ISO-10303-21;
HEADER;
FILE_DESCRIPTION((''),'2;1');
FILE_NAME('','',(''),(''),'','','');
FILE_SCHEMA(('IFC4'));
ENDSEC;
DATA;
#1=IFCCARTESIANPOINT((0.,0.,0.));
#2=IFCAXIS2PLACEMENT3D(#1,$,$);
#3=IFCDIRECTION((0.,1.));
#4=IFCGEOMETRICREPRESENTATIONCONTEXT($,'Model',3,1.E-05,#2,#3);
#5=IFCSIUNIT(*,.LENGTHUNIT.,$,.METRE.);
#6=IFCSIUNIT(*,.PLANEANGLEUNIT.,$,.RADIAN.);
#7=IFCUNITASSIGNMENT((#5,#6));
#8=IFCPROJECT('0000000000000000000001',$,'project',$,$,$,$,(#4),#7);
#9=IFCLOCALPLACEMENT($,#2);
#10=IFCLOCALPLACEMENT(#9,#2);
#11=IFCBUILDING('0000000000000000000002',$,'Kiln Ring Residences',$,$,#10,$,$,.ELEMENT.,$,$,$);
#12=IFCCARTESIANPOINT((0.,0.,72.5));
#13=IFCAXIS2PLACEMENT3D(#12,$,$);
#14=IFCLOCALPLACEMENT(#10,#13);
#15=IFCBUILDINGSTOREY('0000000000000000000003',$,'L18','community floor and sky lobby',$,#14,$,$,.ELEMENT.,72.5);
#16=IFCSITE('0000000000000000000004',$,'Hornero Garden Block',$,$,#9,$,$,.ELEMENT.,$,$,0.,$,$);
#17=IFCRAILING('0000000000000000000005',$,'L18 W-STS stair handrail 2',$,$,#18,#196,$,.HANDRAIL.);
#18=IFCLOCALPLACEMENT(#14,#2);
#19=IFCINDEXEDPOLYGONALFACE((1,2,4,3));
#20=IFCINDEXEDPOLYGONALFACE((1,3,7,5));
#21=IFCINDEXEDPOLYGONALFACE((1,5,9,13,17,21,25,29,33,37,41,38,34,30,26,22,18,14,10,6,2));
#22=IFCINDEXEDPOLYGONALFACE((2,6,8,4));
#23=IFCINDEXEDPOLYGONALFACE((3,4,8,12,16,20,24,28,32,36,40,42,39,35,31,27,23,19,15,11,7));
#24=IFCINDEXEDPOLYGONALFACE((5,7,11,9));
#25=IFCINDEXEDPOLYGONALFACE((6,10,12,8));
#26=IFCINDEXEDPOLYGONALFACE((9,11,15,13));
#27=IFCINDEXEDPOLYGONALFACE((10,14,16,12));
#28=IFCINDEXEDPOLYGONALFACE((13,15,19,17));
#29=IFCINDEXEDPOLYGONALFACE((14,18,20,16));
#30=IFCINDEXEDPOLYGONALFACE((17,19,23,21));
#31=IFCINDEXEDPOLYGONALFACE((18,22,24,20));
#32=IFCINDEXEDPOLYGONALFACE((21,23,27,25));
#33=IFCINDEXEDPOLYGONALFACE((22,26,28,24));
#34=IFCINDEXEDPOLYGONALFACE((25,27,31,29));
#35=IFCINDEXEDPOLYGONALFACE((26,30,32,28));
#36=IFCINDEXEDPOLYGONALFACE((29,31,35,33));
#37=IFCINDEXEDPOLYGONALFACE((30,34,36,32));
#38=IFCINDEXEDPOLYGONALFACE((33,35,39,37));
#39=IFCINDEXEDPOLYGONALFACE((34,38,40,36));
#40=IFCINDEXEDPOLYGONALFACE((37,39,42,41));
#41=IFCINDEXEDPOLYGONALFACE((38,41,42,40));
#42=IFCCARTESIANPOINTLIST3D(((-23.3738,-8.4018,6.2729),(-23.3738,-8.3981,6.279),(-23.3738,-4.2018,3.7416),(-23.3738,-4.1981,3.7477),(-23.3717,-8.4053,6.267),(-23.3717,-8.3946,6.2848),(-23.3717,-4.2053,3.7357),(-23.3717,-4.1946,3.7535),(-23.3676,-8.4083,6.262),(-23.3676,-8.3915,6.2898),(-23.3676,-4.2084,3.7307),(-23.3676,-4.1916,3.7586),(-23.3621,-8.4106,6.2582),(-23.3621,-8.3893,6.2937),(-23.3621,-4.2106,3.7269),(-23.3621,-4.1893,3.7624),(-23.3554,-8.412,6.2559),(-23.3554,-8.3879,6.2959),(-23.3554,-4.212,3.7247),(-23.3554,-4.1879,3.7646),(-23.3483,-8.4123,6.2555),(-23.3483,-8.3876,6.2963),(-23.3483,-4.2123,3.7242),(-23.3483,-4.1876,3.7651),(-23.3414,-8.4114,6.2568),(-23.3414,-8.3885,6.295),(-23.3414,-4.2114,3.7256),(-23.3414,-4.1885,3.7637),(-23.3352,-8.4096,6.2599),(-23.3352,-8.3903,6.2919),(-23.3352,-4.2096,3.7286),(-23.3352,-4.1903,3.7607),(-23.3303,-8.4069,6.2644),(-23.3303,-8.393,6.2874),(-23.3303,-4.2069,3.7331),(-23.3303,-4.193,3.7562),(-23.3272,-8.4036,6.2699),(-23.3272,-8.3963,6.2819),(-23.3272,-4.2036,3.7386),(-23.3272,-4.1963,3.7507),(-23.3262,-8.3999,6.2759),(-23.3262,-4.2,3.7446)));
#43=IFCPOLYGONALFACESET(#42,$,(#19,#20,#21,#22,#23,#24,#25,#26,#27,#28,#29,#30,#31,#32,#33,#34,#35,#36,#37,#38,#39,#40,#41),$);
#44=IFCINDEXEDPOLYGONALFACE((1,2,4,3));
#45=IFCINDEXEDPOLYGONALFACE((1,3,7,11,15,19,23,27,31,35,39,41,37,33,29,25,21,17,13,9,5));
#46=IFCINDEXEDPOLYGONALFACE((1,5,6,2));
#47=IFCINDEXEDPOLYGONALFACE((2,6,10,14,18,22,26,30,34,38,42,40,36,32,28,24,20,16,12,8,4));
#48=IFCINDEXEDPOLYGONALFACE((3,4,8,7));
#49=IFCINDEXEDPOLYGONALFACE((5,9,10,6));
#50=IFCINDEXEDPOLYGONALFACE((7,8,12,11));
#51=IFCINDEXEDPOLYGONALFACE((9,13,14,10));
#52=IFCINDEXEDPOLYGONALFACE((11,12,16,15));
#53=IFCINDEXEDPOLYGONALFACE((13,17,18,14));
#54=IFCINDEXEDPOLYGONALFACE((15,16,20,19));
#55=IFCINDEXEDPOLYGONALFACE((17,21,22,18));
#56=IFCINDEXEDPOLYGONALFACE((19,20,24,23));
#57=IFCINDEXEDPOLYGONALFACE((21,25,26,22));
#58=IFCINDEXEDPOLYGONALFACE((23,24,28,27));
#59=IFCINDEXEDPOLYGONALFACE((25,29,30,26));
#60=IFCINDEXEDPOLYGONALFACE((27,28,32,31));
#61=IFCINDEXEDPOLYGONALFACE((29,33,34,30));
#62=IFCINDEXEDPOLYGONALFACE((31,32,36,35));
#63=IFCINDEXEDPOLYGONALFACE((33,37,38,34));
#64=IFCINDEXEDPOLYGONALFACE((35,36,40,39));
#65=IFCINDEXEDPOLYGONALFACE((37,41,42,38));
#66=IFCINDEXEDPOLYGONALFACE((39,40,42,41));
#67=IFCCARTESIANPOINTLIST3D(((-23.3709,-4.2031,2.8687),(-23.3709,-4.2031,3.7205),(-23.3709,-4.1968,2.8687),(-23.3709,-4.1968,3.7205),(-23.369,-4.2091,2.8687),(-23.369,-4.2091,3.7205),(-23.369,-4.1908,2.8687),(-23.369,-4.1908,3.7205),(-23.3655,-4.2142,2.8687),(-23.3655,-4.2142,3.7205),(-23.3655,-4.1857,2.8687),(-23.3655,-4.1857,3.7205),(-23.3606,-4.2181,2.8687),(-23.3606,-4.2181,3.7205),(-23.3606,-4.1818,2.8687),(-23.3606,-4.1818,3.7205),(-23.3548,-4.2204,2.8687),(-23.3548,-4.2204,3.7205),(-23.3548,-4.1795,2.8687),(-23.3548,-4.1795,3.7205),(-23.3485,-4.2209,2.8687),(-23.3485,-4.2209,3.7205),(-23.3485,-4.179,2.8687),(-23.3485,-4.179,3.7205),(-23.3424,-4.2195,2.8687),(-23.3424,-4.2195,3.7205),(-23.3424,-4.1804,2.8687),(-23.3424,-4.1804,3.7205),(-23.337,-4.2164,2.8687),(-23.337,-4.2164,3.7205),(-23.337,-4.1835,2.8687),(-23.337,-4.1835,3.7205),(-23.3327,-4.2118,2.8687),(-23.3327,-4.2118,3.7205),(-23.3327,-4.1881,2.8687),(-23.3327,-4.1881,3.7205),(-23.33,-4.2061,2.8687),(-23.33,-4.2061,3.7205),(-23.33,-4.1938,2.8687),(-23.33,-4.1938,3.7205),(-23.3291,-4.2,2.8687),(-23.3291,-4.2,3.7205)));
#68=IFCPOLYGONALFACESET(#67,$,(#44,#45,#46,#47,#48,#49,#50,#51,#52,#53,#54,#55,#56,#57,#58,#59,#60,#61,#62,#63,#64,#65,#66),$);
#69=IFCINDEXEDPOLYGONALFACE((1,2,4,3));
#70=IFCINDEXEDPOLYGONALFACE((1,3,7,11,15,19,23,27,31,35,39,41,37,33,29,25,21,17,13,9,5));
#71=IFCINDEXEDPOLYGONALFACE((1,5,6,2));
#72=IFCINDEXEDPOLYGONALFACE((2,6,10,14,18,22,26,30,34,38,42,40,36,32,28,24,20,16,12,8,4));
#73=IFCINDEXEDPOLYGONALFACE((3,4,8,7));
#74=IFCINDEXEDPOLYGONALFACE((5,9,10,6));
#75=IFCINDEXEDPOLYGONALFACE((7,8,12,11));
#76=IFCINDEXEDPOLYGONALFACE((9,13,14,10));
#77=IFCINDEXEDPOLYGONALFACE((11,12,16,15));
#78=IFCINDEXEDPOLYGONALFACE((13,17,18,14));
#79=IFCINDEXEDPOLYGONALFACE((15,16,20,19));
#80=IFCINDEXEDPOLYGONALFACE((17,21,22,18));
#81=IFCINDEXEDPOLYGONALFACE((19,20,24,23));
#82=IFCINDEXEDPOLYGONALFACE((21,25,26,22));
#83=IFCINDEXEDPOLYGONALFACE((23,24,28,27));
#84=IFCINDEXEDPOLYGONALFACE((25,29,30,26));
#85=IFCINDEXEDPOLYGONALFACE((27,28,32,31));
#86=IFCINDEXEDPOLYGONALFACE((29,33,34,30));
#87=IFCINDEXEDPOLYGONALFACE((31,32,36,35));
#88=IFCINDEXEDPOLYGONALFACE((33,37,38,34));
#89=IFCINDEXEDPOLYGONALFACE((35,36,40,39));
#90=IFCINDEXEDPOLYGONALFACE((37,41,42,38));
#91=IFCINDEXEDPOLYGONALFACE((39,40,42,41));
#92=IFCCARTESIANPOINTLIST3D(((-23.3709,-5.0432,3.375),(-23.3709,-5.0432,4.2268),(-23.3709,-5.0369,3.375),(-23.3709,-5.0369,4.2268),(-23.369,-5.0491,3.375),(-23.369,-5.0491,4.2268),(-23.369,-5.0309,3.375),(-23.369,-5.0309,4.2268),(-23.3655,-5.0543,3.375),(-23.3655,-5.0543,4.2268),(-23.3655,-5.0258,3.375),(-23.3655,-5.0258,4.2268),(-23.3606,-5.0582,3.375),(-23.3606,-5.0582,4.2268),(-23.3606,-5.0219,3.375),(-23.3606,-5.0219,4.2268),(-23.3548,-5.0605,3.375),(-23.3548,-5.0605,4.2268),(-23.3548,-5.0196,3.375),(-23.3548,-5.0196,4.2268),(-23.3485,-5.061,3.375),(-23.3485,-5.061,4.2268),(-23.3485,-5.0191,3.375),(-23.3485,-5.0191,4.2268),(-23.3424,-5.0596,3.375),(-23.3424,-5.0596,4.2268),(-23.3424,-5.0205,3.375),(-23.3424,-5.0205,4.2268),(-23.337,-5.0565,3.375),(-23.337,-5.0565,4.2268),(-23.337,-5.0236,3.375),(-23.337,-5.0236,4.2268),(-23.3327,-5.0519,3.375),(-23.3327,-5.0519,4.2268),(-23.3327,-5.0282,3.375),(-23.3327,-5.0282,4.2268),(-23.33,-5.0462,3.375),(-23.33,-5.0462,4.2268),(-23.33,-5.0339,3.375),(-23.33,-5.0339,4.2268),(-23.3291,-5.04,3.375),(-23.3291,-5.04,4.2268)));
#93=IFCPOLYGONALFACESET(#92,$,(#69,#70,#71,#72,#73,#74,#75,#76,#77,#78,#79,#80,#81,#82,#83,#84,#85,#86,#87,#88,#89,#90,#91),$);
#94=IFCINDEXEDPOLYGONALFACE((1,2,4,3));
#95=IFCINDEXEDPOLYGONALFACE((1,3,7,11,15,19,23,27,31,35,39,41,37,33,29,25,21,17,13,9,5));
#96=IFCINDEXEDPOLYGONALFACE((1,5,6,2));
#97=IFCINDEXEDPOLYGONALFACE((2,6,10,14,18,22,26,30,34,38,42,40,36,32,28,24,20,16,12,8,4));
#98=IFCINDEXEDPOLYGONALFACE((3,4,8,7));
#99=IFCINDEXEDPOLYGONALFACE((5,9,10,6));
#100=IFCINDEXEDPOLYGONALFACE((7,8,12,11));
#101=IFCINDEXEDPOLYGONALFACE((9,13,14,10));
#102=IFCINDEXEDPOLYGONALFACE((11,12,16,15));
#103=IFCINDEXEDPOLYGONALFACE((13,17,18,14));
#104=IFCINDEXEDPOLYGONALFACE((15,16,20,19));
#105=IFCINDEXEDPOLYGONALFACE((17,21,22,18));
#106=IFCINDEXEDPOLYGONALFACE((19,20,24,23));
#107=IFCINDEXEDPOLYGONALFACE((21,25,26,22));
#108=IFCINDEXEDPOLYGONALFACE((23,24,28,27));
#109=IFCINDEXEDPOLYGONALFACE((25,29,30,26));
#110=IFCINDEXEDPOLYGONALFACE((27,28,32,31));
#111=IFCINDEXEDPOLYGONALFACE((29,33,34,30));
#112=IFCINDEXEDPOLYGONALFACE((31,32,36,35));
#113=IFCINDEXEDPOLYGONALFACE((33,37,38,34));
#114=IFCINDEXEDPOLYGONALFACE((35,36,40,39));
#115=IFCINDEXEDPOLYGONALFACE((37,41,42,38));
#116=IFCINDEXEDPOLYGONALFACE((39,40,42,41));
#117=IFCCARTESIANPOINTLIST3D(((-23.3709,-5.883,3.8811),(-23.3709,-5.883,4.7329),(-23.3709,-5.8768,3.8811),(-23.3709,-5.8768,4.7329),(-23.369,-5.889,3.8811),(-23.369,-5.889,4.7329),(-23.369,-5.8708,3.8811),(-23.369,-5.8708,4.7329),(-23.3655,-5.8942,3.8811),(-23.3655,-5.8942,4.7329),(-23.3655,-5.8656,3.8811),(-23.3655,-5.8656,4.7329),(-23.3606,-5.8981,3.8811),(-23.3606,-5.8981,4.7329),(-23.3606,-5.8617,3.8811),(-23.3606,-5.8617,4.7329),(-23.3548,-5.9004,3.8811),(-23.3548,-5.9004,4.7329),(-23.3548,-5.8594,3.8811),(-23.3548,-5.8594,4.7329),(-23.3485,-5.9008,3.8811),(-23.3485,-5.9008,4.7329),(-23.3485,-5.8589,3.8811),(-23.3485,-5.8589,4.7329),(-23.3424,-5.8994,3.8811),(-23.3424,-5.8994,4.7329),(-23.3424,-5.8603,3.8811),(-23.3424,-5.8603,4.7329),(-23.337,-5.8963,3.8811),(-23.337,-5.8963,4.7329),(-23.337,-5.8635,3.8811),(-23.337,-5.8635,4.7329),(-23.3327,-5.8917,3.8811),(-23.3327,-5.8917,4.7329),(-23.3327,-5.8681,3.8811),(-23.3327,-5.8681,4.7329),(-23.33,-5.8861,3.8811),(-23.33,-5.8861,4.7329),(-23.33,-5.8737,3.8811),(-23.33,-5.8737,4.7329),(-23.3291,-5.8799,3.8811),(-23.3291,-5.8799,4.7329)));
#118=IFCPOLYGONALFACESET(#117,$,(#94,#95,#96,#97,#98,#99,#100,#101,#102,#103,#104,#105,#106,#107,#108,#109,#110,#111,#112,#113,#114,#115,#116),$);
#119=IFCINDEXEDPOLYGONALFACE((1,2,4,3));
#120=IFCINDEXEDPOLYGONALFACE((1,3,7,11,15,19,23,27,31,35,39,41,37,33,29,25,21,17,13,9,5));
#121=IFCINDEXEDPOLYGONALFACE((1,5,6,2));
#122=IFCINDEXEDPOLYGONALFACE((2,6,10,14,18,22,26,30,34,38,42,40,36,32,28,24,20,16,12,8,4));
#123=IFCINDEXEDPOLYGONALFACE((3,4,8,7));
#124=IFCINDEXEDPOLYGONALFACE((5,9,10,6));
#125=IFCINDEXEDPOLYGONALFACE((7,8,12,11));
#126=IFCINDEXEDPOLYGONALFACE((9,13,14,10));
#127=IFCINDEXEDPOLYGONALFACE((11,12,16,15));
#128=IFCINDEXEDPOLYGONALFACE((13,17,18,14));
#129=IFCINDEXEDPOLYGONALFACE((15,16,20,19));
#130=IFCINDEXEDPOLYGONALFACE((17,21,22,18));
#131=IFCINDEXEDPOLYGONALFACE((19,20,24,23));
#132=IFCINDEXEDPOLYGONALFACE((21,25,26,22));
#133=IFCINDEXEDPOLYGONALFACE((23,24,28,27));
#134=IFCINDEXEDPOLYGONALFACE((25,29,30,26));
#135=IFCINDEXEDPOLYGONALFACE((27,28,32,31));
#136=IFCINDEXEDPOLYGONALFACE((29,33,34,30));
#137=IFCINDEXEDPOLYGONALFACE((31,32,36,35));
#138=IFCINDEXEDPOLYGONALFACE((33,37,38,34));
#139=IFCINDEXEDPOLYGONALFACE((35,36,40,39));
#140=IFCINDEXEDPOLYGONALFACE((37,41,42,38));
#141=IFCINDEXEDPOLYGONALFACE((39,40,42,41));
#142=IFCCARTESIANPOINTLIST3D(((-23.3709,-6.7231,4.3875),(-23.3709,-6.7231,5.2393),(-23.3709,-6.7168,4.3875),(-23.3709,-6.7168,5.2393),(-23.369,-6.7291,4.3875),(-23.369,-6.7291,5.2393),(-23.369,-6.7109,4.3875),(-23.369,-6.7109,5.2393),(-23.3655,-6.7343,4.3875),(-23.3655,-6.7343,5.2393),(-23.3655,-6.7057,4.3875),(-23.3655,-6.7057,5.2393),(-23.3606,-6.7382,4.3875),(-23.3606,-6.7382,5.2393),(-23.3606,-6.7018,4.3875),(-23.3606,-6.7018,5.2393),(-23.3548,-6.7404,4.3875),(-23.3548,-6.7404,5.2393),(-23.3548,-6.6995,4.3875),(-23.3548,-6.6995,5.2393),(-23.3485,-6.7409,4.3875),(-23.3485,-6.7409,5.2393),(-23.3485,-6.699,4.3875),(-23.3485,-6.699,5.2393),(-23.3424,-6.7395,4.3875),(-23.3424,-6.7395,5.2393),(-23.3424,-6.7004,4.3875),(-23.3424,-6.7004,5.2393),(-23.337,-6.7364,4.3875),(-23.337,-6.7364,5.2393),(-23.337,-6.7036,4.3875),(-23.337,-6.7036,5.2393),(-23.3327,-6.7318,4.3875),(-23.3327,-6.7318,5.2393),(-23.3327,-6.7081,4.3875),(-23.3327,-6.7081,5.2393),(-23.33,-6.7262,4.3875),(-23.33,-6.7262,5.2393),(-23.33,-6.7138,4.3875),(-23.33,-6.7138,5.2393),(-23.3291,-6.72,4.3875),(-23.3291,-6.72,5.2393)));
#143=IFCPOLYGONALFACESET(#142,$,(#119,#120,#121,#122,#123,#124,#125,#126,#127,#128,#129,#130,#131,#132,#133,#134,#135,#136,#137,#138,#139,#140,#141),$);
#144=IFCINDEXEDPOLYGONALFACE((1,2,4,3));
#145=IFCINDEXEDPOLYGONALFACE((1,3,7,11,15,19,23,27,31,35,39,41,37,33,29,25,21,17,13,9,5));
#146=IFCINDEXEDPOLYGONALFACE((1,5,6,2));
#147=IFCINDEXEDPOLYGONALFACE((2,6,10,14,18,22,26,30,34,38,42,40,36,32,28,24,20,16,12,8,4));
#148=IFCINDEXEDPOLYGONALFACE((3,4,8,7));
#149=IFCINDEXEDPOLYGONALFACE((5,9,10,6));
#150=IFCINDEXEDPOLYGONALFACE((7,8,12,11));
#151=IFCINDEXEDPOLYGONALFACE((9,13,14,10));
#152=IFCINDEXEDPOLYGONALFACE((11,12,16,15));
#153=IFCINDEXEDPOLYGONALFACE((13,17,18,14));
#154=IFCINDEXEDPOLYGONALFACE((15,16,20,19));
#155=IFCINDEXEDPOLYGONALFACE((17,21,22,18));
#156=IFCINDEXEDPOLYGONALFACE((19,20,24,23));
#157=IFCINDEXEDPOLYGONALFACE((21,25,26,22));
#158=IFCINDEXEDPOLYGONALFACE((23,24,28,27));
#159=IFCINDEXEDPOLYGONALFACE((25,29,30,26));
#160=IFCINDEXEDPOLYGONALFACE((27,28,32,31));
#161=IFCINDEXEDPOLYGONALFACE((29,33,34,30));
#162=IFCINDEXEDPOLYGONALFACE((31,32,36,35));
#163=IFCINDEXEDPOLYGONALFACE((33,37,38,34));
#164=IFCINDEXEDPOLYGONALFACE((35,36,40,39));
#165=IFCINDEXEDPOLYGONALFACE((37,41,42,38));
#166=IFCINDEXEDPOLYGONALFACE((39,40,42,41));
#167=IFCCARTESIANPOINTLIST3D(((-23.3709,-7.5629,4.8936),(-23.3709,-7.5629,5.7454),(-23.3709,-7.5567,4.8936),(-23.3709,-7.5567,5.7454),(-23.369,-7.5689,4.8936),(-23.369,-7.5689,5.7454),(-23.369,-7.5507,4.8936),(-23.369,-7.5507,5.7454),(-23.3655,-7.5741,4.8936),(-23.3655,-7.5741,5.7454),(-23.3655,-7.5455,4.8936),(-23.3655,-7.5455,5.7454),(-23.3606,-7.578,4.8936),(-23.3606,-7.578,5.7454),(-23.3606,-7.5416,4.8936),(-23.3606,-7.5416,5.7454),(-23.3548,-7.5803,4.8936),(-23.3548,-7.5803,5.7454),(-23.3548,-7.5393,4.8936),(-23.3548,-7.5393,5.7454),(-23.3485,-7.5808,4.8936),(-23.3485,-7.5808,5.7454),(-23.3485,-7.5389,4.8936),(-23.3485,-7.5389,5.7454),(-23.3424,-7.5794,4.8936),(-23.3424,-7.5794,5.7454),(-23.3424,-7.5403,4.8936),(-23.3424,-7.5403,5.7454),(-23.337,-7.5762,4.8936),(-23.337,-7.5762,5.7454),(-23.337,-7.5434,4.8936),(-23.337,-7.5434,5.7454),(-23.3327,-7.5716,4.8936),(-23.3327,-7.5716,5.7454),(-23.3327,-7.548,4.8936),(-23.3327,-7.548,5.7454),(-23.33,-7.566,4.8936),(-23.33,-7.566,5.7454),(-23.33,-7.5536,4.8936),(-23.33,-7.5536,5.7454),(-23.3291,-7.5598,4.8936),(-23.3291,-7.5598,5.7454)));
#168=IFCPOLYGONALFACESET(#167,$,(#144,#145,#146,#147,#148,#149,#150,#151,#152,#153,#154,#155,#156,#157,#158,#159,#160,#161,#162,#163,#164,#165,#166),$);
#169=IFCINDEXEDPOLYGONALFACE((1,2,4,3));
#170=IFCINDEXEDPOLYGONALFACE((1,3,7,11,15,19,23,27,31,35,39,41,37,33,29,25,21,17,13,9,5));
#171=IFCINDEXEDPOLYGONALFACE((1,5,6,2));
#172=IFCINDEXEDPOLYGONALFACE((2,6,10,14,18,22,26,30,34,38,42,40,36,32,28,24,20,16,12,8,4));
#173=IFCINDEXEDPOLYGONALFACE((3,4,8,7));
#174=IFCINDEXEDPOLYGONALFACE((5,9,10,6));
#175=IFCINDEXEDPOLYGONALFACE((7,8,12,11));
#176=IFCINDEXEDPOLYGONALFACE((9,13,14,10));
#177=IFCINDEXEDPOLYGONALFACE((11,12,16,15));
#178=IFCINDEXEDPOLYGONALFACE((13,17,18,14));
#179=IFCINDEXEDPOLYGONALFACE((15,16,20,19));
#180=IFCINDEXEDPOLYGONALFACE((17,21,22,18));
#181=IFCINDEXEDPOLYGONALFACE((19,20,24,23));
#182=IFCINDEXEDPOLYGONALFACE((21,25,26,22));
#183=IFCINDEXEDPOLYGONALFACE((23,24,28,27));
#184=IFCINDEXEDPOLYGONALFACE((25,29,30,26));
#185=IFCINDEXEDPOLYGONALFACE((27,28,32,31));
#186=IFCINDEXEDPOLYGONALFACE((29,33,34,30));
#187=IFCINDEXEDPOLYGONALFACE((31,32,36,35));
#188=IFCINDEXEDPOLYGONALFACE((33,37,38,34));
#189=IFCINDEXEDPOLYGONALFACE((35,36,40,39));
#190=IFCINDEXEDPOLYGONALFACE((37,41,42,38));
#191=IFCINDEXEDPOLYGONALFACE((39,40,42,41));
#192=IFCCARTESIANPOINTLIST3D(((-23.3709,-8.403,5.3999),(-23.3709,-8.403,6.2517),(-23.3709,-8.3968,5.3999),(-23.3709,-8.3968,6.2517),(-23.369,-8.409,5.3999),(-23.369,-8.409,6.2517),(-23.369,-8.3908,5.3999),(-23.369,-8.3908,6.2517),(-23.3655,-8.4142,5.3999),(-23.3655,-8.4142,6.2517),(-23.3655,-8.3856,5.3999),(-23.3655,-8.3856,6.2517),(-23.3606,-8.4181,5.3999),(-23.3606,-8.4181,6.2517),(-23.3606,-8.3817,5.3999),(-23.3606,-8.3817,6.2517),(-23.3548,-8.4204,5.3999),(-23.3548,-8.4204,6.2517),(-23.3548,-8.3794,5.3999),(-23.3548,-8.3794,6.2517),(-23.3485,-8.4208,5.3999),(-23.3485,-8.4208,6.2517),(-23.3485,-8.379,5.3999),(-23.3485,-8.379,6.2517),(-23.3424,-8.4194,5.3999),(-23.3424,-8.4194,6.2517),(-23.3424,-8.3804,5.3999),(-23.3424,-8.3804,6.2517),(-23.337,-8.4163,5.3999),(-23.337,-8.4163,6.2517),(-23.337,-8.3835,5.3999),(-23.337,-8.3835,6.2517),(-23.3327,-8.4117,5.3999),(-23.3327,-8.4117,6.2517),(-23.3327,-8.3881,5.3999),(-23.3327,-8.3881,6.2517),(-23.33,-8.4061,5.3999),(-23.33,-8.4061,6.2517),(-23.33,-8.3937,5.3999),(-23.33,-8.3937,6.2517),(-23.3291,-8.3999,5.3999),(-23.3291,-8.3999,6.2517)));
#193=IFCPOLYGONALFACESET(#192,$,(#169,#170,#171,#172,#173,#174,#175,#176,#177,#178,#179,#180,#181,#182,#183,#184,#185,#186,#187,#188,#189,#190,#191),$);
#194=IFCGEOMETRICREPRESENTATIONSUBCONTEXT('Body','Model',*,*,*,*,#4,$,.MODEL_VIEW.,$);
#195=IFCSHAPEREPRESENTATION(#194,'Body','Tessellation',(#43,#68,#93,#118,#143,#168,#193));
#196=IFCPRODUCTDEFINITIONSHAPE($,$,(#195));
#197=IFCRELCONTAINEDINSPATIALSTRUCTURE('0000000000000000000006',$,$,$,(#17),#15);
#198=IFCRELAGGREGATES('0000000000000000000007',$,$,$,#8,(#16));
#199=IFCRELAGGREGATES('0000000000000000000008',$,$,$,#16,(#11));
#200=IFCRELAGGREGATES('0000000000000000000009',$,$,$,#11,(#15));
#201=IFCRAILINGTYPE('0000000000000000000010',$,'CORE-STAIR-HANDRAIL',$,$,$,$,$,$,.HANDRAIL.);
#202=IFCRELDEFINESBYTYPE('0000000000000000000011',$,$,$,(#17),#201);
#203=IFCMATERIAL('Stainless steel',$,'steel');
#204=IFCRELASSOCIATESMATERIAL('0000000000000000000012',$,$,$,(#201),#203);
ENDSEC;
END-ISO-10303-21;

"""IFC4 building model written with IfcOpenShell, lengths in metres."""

from ifc_helpers import new_model, si_unit, direction, frame, origin, origin_2d, place, context, subcontext, project, spatial, circle, extrude, material, type_object, element, save


model = new_model("IFC4")

# Units and contexts
model_context = context("Model", 3, precision=1e-05, world=origin(), true_north=direction((0.0, 1.0)))
body_context = subcontext(model_context, "Body", "Model", "MODEL_VIEW")
ifc_project = project(units=[si_unit("LENGTHUNIT", "METRE"), si_unit("PLANEANGLEUNIT", "RADIAN")], contexts=[model_context])

# Site, building, storey
site_placement = place(None, origin())
site = spatial("IfcSite", under=ifc_project, at=site_placement, Name="Hornero Garden Block", CompositionType="ELEMENT", RefElevation=0.0)
building_placement = place(site_placement, origin())
building = spatial("IfcBuilding", under=site, at=building_placement, Name="Kiln Ring Residences", CompositionType="ELEMENT")
storey_placement = place(building_placement, frame((0.0, 0.0, 72.5)))
storey = spatial("IfcBuildingStorey", under=building, at=storey_placement, Name="L18", Description="community floor and sky lobby", CompositionType="ELEMENT", Elevation=72.5)

# Railing
ifc_material_1 = material(Name="Stainless steel", Category="steel")
railing_type_1 = type_object("IfcRailingType", Name="CORE-STAIR-HANDRAIL", PredefinedType="HANDRAIL", material=ifc_material_1)
railing_1_placement = place(storey_placement, frame((-23.3501, -4.2, 2.8687)))
element("IfcRailing", 1, at=railing_1_placement, inside=storey, type_object=railing_type_1, Name="L18 W-STS stair handrail 2", PredefinedType="HANDRAIL", context=body_context, shape_type="SweptSolid", body=[
    extrude(circle(Radius=0.0239, at=origin_2d()), frame((0.0, 0.0, 0.876), z_axis=(0.0, -0.856476, 0.516186), x_axis=(1.0, 0.0, 0.0)), (0.0, 0.0, 1.0), 4.9038),
    extrude(circle(Radius=0.021, at=origin_2d()), origin(), (0.0, 0.0, 1.0), 0.8518),
    extrude(circle(Radius=0.021, at=origin_2d()), frame((0.0, -0.8401, 0.5063)), (0.0, 0.0, 1.0), 0.8518),
    extrude(circle(Radius=0.021, at=origin_2d()), frame((0.0, -1.6799, 1.0125)), (0.0, 0.0, 1.0), 0.8518),
    extrude(circle(Radius=0.021, at=origin_2d()), frame((0.0, -2.52, 1.5188)), (0.0, 0.0, 1.0), 0.8518),
    extrude(circle(Radius=0.021, at=origin_2d()), frame((0.0, -3.3599, 2.0249)), (0.0, 0.0, 1.0), 0.8518),
    extrude(circle(Radius=0.021, at=origin_2d()), frame((0.0, -4.2, 2.5312)), (0.0, 0.0, 1.0), 0.8518),
])

save(model, "model.ifc")
